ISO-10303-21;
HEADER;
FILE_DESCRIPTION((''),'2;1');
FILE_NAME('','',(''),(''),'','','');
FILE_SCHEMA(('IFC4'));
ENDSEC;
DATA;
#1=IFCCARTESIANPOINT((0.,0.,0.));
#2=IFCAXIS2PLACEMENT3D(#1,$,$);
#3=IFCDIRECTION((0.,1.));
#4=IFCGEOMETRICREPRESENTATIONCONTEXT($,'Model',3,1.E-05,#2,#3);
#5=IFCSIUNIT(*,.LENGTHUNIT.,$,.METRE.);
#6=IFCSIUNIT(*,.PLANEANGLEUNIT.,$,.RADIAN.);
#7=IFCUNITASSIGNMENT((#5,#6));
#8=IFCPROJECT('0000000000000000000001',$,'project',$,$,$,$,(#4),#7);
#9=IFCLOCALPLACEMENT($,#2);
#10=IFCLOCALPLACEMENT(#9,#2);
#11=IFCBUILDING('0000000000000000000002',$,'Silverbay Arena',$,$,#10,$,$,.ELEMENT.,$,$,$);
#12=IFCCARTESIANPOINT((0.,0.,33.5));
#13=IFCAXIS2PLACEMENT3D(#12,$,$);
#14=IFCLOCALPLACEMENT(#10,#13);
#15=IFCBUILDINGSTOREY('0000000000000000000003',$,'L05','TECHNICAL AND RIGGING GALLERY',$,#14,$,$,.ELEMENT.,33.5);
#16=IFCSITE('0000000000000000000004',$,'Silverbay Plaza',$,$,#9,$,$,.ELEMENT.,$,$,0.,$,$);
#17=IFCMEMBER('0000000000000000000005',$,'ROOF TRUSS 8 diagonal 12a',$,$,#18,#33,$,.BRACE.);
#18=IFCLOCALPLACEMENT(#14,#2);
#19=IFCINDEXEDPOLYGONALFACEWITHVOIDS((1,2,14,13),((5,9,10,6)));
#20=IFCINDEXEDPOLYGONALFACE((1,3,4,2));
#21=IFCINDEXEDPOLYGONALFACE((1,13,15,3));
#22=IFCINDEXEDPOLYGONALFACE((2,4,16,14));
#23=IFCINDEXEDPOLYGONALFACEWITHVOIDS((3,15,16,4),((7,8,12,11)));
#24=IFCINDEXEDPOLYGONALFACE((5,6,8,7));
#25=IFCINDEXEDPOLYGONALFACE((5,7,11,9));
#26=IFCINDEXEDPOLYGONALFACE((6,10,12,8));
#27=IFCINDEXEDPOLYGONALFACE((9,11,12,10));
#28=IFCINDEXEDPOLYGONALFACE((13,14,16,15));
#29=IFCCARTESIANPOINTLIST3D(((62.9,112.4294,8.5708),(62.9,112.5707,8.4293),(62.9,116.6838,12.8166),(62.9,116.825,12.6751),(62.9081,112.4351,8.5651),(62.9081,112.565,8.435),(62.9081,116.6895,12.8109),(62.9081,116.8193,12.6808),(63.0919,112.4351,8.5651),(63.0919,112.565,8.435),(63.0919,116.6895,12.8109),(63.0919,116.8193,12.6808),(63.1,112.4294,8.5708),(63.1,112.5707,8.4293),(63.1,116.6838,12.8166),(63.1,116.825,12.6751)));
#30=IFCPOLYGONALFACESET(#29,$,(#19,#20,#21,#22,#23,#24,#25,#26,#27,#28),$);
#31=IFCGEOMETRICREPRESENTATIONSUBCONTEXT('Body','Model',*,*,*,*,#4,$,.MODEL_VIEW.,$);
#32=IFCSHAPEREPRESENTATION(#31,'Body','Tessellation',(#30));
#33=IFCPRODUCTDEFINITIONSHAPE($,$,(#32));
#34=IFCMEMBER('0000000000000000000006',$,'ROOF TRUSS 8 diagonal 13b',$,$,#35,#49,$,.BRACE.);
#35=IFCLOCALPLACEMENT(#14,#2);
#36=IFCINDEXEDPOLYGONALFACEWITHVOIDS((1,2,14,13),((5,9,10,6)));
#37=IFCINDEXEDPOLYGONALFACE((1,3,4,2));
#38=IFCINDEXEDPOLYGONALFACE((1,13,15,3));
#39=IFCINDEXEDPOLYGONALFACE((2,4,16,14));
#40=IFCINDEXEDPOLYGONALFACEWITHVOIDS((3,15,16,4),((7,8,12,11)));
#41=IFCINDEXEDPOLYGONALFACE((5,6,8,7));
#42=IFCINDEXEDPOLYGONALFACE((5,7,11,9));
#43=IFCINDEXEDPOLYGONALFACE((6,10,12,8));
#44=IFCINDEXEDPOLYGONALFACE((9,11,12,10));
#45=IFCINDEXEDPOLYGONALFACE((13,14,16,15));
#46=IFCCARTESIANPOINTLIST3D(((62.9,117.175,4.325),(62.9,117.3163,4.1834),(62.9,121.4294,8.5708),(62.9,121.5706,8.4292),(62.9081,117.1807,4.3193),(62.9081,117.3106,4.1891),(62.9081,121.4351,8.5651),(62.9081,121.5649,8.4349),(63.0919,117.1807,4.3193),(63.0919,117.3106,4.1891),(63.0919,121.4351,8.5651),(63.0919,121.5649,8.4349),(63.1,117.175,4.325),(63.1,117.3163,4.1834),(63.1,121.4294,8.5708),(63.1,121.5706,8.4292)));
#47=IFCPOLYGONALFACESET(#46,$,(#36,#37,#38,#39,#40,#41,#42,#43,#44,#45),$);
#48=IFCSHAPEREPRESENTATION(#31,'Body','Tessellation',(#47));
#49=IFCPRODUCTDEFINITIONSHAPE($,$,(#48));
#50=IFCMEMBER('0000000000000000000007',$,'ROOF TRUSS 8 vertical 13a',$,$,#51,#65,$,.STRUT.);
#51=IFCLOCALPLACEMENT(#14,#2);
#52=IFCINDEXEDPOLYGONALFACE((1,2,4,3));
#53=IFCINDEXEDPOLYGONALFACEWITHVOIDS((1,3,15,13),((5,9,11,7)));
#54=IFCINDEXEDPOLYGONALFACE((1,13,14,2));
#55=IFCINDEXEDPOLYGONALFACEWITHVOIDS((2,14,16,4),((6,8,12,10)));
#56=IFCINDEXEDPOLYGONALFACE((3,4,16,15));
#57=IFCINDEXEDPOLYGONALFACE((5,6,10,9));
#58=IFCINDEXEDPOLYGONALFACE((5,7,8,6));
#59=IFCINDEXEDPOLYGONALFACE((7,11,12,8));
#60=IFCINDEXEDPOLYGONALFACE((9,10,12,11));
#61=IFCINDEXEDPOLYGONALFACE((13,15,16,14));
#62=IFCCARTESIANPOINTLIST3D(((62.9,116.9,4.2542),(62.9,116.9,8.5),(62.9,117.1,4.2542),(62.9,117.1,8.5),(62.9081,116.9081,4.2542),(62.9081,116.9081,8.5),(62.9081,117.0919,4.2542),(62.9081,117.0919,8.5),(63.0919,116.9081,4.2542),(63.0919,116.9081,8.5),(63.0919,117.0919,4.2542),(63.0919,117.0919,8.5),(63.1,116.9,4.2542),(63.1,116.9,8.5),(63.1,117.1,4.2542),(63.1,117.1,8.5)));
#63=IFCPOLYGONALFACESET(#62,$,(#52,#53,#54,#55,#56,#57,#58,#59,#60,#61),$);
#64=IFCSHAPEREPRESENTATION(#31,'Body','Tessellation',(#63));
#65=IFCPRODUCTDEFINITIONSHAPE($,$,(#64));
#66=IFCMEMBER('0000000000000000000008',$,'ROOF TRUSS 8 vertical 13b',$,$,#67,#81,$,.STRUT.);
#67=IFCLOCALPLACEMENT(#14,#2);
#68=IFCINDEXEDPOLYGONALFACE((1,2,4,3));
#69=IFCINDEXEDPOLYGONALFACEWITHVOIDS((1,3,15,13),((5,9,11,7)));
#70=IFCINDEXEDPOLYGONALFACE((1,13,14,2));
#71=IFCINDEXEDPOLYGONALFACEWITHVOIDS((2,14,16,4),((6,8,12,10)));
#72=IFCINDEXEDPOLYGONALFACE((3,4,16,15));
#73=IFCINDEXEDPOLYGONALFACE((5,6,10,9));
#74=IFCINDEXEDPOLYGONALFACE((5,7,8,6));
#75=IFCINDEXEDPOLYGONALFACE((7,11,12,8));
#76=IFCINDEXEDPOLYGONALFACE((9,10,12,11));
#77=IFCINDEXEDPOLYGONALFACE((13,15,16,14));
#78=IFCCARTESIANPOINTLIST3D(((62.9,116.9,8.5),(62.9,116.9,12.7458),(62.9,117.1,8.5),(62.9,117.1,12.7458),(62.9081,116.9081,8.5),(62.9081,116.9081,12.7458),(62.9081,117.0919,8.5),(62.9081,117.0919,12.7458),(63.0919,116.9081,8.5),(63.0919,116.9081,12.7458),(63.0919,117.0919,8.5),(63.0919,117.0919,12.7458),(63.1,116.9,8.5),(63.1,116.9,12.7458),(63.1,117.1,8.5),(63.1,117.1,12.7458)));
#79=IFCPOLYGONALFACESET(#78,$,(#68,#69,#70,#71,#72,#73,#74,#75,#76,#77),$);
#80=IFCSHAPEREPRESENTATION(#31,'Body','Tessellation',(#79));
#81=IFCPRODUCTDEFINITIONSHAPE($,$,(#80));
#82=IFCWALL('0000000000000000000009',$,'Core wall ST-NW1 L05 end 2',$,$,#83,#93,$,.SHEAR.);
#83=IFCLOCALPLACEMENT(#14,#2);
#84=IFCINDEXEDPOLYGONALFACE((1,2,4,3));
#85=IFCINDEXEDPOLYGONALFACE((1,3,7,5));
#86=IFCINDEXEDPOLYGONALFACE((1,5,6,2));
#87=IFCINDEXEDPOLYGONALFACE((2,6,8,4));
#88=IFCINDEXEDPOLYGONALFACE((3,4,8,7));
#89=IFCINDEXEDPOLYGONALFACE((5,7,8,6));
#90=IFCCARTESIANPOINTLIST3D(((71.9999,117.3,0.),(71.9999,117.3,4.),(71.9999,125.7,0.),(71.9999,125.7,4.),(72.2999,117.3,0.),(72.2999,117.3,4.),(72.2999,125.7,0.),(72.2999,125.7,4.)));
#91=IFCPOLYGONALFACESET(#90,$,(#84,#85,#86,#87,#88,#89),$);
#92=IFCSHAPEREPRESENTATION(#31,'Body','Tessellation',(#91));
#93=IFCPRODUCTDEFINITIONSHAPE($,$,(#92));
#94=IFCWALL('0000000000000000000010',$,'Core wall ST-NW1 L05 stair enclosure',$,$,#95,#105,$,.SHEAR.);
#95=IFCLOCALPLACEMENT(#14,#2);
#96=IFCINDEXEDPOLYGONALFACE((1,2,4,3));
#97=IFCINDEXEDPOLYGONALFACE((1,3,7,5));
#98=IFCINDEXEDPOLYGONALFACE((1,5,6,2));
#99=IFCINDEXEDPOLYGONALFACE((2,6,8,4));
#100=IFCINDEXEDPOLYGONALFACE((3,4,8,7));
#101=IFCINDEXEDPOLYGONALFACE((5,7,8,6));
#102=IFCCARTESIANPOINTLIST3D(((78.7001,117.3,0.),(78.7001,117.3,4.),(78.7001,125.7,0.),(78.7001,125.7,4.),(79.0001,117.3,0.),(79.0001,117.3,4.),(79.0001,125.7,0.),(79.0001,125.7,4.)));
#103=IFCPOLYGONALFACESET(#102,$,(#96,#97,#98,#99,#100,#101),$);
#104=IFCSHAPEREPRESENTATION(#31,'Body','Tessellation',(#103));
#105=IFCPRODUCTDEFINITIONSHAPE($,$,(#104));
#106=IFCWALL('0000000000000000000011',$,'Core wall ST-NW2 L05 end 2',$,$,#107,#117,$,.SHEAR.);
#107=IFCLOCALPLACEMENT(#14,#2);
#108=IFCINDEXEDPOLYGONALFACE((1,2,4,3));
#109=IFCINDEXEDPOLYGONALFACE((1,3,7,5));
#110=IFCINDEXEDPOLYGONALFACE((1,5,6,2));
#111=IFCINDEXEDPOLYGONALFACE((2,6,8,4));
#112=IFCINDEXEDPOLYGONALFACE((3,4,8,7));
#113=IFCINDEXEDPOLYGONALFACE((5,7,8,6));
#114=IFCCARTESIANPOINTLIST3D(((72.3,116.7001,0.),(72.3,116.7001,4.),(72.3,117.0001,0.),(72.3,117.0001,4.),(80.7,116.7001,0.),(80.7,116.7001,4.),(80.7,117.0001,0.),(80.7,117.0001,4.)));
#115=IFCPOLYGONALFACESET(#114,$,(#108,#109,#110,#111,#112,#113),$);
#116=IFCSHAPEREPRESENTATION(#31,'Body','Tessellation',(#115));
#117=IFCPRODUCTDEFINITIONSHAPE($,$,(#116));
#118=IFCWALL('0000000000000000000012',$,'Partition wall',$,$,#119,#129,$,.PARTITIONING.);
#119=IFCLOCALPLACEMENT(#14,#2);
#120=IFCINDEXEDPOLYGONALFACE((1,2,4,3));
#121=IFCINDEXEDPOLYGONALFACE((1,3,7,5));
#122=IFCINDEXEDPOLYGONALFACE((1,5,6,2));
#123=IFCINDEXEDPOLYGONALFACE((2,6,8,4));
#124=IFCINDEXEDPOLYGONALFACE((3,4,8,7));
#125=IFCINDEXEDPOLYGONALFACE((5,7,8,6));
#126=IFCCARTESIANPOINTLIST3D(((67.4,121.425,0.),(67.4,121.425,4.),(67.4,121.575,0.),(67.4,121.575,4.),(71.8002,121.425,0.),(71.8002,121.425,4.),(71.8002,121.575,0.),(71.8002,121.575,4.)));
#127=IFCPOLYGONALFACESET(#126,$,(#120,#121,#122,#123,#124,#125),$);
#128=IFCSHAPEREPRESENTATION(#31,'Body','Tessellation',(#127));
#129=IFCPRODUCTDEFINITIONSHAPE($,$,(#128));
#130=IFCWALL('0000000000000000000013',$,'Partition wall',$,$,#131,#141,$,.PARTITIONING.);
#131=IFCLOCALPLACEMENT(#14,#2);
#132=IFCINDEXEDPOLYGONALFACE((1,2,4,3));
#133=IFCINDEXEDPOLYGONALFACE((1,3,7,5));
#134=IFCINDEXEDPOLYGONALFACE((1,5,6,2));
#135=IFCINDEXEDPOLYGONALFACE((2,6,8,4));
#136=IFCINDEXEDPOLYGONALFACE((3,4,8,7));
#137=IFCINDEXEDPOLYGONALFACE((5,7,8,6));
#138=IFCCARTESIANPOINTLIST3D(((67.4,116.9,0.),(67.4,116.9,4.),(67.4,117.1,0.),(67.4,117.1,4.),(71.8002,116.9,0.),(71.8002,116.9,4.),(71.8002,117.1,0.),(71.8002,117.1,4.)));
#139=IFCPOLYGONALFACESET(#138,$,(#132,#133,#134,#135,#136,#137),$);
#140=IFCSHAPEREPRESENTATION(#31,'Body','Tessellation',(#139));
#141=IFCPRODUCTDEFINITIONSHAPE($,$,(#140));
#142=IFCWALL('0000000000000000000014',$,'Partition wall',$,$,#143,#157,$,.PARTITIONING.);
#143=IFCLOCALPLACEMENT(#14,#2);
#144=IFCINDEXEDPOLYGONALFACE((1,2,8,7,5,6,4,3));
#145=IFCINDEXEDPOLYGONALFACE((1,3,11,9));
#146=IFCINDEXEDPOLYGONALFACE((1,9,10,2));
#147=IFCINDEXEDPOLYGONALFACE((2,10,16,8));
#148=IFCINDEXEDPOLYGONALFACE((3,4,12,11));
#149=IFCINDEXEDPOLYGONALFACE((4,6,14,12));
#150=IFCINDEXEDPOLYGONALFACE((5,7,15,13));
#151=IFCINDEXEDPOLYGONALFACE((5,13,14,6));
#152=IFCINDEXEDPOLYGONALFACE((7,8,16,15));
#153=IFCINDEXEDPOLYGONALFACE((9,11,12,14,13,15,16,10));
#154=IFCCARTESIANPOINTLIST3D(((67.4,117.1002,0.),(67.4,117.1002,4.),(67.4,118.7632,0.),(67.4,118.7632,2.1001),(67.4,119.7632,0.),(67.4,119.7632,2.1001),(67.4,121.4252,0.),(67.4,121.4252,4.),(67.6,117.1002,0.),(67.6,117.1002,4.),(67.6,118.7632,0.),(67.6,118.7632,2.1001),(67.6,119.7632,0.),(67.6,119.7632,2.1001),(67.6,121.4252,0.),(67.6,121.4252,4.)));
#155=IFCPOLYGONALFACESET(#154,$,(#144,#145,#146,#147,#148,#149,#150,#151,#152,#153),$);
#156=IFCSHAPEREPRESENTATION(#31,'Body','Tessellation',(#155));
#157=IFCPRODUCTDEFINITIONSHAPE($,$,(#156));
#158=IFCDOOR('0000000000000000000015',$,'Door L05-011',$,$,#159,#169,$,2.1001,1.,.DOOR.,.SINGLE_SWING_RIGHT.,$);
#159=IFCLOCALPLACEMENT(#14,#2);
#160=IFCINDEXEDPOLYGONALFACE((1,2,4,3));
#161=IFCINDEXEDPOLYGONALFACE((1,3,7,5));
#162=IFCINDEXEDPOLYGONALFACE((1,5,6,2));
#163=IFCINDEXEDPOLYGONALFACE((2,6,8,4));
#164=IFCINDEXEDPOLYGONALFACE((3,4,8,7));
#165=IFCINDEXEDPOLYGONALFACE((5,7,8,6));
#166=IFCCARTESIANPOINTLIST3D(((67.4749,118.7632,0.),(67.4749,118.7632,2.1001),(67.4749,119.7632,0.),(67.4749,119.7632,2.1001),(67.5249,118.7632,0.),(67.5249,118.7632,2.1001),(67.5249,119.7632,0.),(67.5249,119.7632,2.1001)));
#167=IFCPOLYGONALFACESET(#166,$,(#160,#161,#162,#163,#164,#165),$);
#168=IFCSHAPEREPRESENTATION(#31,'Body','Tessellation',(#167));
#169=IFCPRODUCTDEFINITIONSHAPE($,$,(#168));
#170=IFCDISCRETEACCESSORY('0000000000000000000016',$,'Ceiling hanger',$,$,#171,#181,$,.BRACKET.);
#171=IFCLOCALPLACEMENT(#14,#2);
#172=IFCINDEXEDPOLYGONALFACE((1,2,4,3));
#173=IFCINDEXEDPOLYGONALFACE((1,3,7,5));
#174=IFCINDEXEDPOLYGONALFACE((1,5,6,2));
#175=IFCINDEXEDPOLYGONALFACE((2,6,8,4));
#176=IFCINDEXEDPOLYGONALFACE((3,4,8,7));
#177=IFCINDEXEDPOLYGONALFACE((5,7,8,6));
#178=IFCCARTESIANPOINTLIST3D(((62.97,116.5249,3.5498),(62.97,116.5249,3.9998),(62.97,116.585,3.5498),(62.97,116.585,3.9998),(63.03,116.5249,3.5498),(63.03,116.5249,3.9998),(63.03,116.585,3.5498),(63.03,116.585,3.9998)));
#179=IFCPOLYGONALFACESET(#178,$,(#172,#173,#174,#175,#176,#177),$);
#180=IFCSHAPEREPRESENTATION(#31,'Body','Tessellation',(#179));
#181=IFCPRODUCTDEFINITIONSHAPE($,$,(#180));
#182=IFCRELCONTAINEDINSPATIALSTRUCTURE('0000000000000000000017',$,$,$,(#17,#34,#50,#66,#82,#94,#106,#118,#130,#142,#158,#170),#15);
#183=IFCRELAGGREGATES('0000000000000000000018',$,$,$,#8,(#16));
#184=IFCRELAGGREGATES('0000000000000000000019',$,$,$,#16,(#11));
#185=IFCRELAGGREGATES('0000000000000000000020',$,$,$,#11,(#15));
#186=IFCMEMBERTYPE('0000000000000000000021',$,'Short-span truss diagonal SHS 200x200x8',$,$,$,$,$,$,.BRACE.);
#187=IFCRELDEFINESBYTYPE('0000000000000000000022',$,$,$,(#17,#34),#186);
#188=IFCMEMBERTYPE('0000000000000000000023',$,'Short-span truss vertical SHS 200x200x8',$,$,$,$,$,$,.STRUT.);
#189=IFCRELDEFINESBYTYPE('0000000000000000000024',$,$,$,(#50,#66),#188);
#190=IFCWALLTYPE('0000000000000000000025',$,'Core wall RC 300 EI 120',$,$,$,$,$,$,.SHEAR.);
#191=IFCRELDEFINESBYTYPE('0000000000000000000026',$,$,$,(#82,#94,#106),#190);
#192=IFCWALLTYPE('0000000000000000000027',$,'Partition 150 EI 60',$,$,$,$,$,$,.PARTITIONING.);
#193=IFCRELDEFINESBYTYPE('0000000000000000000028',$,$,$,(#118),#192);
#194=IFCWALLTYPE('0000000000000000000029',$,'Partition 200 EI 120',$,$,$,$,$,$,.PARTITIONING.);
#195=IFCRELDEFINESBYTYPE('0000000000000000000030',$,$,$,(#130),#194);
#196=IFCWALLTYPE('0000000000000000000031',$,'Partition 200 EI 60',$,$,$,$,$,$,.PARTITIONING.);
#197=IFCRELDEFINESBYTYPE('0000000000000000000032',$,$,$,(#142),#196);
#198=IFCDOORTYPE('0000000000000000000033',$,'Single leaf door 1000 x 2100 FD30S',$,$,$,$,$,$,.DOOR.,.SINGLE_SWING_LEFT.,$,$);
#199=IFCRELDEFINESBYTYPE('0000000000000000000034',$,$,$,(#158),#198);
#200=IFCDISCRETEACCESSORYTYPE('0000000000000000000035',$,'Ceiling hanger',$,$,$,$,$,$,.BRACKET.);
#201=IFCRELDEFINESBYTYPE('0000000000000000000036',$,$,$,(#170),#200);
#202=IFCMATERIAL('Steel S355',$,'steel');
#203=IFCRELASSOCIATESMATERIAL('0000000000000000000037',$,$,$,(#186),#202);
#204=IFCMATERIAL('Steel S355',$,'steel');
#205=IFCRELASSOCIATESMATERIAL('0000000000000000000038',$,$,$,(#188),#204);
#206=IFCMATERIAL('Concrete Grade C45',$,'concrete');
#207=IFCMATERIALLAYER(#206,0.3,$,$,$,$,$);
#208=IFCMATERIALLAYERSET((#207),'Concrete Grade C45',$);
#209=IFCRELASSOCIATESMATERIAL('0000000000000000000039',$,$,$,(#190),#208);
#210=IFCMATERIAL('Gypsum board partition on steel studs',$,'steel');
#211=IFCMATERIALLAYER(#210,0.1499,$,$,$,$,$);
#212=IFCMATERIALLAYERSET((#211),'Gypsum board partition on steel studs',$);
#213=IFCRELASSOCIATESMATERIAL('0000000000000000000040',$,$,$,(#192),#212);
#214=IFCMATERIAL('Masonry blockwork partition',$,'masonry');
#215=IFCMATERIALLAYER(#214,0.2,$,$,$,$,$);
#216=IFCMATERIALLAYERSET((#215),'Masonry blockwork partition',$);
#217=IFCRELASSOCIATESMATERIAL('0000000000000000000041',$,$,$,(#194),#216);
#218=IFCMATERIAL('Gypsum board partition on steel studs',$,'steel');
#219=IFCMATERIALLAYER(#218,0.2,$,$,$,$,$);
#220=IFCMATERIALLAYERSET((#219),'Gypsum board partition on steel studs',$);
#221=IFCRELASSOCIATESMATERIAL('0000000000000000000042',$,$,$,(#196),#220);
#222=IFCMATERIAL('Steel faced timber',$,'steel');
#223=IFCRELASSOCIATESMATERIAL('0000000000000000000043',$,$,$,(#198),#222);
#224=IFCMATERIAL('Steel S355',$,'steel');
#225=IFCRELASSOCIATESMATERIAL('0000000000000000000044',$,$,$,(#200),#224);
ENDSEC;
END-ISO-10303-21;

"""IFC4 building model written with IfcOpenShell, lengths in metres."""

from ifc_helpers import new_model, si_unit, direction, frame, frame_2d, origin, origin_2d, place, context, subcontext, project, spatial, rectangle, hollow_rectangle, extrude, material, layer, layer_set, material_profile, profile_set, type_object, element, fill, save


model = new_model("IFC4")

# Units and contexts
model_context = context("Model", 3, precision=1e-05, world=origin(), true_north=direction((0.0, 1.0)))
body_context = subcontext(model_context, "Body", "Model", "MODEL_VIEW")
ifc_project = project(units=[si_unit("LENGTHUNIT", "METRE"), si_unit("PLANEANGLEUNIT", "RADIAN")], contexts=[model_context])

# Site, building, storey
site_placement = place(None, origin())
site = spatial("IfcSite", under=ifc_project, at=site_placement, Name="Silverbay Plaza", CompositionType="ELEMENT", RefElevation=0.0)
building_placement = place(site_placement, origin())
building = spatial("IfcBuilding", under=site, at=building_placement, Name="Silverbay Arena", CompositionType="ELEMENT")
storey_placement = place(building_placement, frame((0.0, 0.0, 33.5)))
storey = spatial("IfcBuildingStorey", under=building, at=storey_placement, Name="L05", Description="TECHNICAL AND RIGGING GALLERY", CompositionType="ELEMENT", Elevation=33.5)

# Members
ifc_material_1 = material(Name="Steel S355", Category="steel")
ifc_material_profile_1 = material_profile(ifc_material_1, hollow_rectangle(XDim=0.2, YDim=0.2, WallThickness=0.0081, at=origin_2d()), Name="SHS 200x200x8")
ifc_profile_set_1 = profile_set([ifc_material_profile_1], Name="Steel S355")
member_type_1 = type_object("IfcMemberType", Name="Short-span truss diagonal SHS 200x200x8", PredefinedType="BRACE", material=ifc_profile_set_1)
for number, where, z_axis, x_axis, name in (
    (1, (63.0, 116.7544, 12.7458), (0.0, -0.707817, -0.706396), (1.0, 0.0, 0.0), "ROOF TRUSS 8 diagonal 12a"),
    (2, (63.0, 121.5, 8.5), (0.0, -0.707817, -0.706396), (1.0, 0.0, 0.0), "ROOF TRUSS 8 diagonal 13b"),
):
    element("IfcMember", number, at=place(storey_placement, frame(where, z_axis=z_axis, x_axis=x_axis)), inside=storey, type_object=member_type_1, Name=name, PredefinedType="BRACE", context=body_context, shape_type="SweptSolid", body=[
        extrude(hollow_rectangle(XDim=0.2, YDim=0.2, WallThickness=0.0081, at=origin_2d()), origin(), (0.0, 0.0, 1.0), 6.0105),
    ])
ifc_material_2 = material(Name="Steel S355", Category="steel")
ifc_material_profile_2 = material_profile(ifc_material_2, hollow_rectangle(XDim=0.2, YDim=0.2, WallThickness=0.0081, at=origin_2d()), Name="SHS 200x200x8")
ifc_profile_set_2 = profile_set([ifc_material_profile_2], Name="Steel S355")
member_type_2 = type_object("IfcMemberType", Name="Short-span truss vertical SHS 200x200x8", PredefinedType="STRUT", material=ifc_profile_set_2)
for number, where, z_axis, x_axis, name in (
    (3, (63.0, 117.0, 4.2542), (0.0, 0.0, 1.0), (1.0, 0.0, 0.0), "ROOF TRUSS 8 vertical 13a"),
    (4, (63.0, 117.0, 8.5), (0.0, 0.0, 1.0), (1.0, 0.0, 0.0), "ROOF TRUSS 8 vertical 13b"),
):
    element("IfcMember", number, at=place(storey_placement, frame(where, z_axis=z_axis, x_axis=x_axis)), inside=storey, type_object=member_type_2, Name=name, PredefinedType="STRUT", context=body_context, shape_type="SweptSolid", body=[
        extrude(hollow_rectangle(XDim=0.2, YDim=0.2, WallThickness=0.0081, at=origin_2d()), origin(), (0.0, 0.0, 1.0), 4.2458),
    ])

# Walls
ifc_material_3 = material(Name="Concrete Grade C45", Category="concrete")
ifc_layer_1 = layer(ifc_material_3, 0.3)
ifc_layer_set_1 = layer_set([ifc_layer_1], Name="Concrete Grade C45")
wall_type_1 = type_object("IfcWallType", Name="Core wall RC 300 EI 120", PredefinedType="SHEAR", material=ifc_layer_set_1)
for number, where, z_axis, x_axis, name in (
    (5, (72.1499, 117.3, 0.0), (0.0, 0.0, 1.0), (0.0, 1.0, 0.0), "Core wall ST-NW1 L05 end 2"),
    (6, (78.8501, 117.3, 0.0), (0.0, 0.0, 1.0), (0.0, 1.0, 0.0), "Core wall ST-NW1 L05 stair enclosure"),
    (7, (80.7, 116.8501, 0.0), (0.0, 0.0, 1.0), (-1.0, 0.0, 0.0), "Core wall ST-NW2 L05 end 2"),
):
    element("IfcWall", number, at=place(storey_placement, frame(where, z_axis=z_axis, x_axis=x_axis)), inside=storey, type_object=wall_type_1, Name=name, PredefinedType="SHEAR", context=body_context, shape_type="SweptSolid", body=[
        extrude(rectangle(XDim=8.3999, YDim=0.3, at=frame_2d((4.2, 0.0))), origin(), (0.0, 0.0, 1.0), 4.0),
    ])
ifc_material_4 = material(Name="Gypsum board partition on steel studs", Category="steel")
ifc_layer_2 = layer(ifc_material_4, 0.1499)
ifc_layer_set_2 = layer_set([ifc_layer_2], Name="Gypsum board partition on steel studs")
wall_type_2 = type_object("IfcWallType", Name="Partition 150 EI 60", PredefinedType="PARTITIONING", material=ifc_layer_set_2)
wall_1_placement = place(storey_placement, frame((67.3999, 121.5, 0.0), z_axis=(0.0, 0.0, 1.0), x_axis=(1.0, 0.0, 0.0)))
element("IfcWall", 8, at=wall_1_placement, inside=storey, type_object=wall_type_2, Name="Partition wall", PredefinedType="PARTITIONING", context=body_context, shape_type="SweptSolid", body=[
    extrude(rectangle(XDim=4.4001, YDim=0.1499, at=frame_2d((2.2002, 0.0))), origin(), (0.0, 0.0, 1.0), 4.0),
])
ifc_material_5 = material(Name="Masonry blockwork partition", Category="masonry")
ifc_layer_3 = layer(ifc_material_5, 0.2)
ifc_layer_set_3 = layer_set([ifc_layer_3], Name="Masonry blockwork partition")
wall_type_3 = type_object("IfcWallType", Name="Partition 200 EI 120", PredefinedType="PARTITIONING", material=ifc_layer_set_3)
wall_2_placement = place(storey_placement, frame((67.3999, 117.0, 0.0), z_axis=(0.0, 0.0, 1.0), x_axis=(1.0, 0.0, 0.0)))
element("IfcWall", 9, at=wall_2_placement, inside=storey, type_object=wall_type_3, Name="Partition wall", PredefinedType="PARTITIONING", context=body_context, shape_type="SweptSolid", body=[
    extrude(rectangle(XDim=4.4001, YDim=0.2, at=frame_2d((2.2002, 0.0))), origin(), (0.0, 0.0, 1.0), 4.0),
])

# Wall, opening, door
ifc_material_6 = material(Name="Gypsum board partition on steel studs", Category="steel")
ifc_layer_4 = layer(ifc_material_6, 0.2)
ifc_layer_set_4 = layer_set([ifc_layer_4], Name="Gypsum board partition on steel studs")
wall_type_4 = type_object("IfcWallType", Name="Partition 200 EI 60", PredefinedType="PARTITIONING", material=ifc_layer_set_4)
wall_3_placement = place(storey_placement, frame((67.5, 117.1001, 0.0), z_axis=(0.0, 0.0, 1.0), x_axis=(0.0, 1.0, 0.0)))
wall_3 = element("IfcWall", 10, at=wall_3_placement, inside=storey, type_object=wall_type_4, Name="Partition wall", PredefinedType="PARTITIONING", context=body_context, shape_type="SweptSolid", body=[
    extrude(rectangle(XDim=4.325, YDim=0.2, at=frame_2d((2.1626, 0.0))), origin(), (0.0, 0.0, 1.0), 4.0),
])
opening_placement = place(wall_3_placement, frame((1.6631, 0.0, 0.0)))
opening = element("IfcOpeningElement", 11, at=opening_placement, cuts=wall_3, PredefinedType="OPENING", context=body_context, shape_type="SweptSolid", body=[
    extrude(rectangle(XDim=1.0, YDim=2.1001, at=frame_2d((0.5, 1.05))), frame((0.0, 0.1099, 0.0), z_axis=(0.0, -1.0, 0.0), x_axis=(1.0, 0.0, 0.0)), (0.0, 0.0, 1.0), 0.22),
])
ifc_material_7 = material(Name="Steel faced timber", Category="steel")
door_type = type_object("IfcDoorType", Name="Single leaf door 1000 x 2100 FD30S", OperationType="SINGLE_SWING_LEFT", PredefinedType="DOOR", material=ifc_material_7)
door_placement = place(opening_placement, frame((1.0, 0.0, 0.0), z_axis=(0.0, 0.0, 1.0), x_axis=(-1.0, 0.0, 0.0)))
door = element("IfcDoor", 12, at=door_placement, inside=storey, type_object=door_type, Name="Door L05-011", OperationType="SINGLE_SWING_RIGHT", OverallHeight=2.1001, OverallWidth=1.0, PredefinedType="DOOR", context=body_context, shape_type="SweptSolid", body=[
    extrude(rectangle(XDim=1.0, YDim=2.1001, at=frame_2d((0.5, 1.05))), frame((0.0, 0.0249, 0.0), z_axis=(0.0, -1.0, 0.0), x_axis=(1.0, 0.0, 0.0)), (0.0, 0.0, 1.0), 0.05),
])
fill(opening, door)

# Discrete accessory
ifc_material_8 = material(Name="Steel S355", Category="steel")
discrete_accessory_type = type_object("IfcDiscreteAccessoryType", Name="Ceiling hanger", PredefinedType="BRACKET", material=ifc_material_8)
for number, where, z_axis, x_axis, name in (
    (13, (63.0, 116.5549, 3.5498), (0.0, 0.0, 1.0), (1.0, 0.0, 0.0), "Ceiling hanger"),
):
    element("IfcDiscreteAccessory", number, at=place(storey_placement, frame(where, z_axis=z_axis, x_axis=x_axis)), inside=storey, type_object=discrete_accessory_type, Name=name, PredefinedType="BRACKET", context=body_context, shape_type="SweptSolid", body=[
        extrude(rectangle(XDim=0.0601, YDim=0.0601, at=origin_2d()), origin(), (0.0, 0.0, 1.0), 0.45),
    ])

save(model, "model.ifc")
